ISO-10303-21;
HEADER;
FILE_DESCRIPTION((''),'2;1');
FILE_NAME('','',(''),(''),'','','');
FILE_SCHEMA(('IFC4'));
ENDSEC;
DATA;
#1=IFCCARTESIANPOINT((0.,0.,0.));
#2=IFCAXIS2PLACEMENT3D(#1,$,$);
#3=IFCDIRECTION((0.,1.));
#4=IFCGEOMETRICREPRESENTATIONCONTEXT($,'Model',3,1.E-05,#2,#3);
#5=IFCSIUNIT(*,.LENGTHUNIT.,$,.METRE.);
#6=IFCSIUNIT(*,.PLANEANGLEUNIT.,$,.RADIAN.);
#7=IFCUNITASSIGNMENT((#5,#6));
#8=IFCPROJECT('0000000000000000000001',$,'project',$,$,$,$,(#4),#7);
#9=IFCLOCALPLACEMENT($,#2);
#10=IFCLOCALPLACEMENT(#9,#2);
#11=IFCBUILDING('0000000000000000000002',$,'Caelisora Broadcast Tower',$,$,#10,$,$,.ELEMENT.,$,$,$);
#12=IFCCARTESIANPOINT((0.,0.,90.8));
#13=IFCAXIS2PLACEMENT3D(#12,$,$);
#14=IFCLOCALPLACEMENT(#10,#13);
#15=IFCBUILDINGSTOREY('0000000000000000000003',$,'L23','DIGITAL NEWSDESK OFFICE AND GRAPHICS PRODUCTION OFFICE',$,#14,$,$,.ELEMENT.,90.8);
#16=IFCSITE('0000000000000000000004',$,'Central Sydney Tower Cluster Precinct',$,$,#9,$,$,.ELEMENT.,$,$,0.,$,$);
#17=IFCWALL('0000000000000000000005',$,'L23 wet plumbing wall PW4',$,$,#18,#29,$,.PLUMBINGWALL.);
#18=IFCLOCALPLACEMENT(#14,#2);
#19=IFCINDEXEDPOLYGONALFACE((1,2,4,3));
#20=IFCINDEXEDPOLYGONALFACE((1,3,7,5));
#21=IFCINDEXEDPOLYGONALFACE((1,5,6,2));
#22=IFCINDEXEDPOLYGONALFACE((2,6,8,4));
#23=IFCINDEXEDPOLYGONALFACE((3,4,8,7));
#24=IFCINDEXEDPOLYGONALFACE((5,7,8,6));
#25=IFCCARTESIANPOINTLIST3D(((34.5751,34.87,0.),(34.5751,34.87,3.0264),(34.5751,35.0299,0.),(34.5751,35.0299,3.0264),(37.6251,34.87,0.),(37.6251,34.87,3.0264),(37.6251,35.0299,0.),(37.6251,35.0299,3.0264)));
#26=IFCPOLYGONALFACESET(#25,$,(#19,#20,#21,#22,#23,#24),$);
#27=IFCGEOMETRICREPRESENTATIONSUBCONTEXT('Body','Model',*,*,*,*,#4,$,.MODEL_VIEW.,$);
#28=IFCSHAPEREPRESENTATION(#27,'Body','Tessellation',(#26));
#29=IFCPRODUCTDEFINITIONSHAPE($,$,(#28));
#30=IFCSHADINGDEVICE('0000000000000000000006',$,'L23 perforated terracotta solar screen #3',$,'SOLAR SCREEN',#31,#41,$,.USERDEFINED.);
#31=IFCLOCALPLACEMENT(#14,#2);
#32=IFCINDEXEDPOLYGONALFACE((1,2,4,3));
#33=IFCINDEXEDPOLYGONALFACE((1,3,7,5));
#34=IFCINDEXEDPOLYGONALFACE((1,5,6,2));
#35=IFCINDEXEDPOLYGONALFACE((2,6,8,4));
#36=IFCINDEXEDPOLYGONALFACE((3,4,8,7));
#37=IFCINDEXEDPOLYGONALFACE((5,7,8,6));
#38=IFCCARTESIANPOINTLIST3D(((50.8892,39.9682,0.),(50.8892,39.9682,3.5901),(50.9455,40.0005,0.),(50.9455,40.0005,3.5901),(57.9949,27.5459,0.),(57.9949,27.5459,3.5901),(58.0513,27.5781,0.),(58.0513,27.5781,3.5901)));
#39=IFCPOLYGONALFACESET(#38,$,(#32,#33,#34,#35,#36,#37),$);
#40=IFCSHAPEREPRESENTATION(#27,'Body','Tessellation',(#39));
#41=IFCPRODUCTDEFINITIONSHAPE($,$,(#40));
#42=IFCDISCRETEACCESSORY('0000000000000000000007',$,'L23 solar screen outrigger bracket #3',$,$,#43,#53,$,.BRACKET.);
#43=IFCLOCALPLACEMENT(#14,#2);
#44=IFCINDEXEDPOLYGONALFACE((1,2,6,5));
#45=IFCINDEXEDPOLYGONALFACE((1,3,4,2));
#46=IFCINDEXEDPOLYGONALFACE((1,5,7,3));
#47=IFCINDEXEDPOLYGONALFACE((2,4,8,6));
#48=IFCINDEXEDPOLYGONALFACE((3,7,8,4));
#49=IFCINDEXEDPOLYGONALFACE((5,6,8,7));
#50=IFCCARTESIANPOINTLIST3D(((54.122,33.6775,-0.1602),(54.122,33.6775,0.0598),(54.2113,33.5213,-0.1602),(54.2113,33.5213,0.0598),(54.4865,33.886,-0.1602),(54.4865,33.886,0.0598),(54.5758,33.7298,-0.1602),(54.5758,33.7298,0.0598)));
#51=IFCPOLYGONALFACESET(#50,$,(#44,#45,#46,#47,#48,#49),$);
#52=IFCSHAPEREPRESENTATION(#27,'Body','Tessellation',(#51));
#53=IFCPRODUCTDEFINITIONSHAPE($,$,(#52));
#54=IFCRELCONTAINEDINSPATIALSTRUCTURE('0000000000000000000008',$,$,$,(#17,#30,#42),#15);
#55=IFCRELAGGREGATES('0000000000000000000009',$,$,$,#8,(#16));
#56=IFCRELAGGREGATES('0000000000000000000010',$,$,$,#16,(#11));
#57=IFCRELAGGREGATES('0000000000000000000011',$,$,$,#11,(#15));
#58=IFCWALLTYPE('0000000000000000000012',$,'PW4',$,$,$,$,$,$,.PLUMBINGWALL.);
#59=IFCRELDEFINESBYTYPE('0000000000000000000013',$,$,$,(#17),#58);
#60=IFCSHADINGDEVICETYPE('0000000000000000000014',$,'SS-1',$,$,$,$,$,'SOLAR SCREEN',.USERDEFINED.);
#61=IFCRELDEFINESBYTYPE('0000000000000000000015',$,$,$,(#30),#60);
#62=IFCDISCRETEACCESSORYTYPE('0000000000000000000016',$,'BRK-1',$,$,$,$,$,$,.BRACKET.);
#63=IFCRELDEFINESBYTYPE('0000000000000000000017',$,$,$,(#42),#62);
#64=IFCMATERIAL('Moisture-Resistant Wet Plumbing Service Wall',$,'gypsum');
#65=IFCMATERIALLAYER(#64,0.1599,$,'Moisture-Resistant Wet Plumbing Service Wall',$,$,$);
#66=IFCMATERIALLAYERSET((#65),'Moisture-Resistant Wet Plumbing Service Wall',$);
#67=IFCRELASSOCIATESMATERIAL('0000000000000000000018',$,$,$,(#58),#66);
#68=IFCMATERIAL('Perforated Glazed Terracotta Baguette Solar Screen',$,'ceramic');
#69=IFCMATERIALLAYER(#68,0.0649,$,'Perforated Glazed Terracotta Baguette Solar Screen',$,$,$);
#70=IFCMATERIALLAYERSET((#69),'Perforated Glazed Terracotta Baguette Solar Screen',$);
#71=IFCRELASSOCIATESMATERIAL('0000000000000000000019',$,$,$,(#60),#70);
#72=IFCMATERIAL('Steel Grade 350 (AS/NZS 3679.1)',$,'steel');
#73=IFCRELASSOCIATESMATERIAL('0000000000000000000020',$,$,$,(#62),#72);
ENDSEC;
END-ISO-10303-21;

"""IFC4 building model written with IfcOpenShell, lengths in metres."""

from ifc_helpers import new_model, si_unit, direction, frame, frame_2d, origin, origin_2d, place, context, subcontext, project, spatial, rectangle, extrude, source, transform, mapped, material, layer, layer_set, type_object, type_shapes, element, save


model = new_model("IFC4")

# Units and contexts
model_context = context("Model", 3, precision=1e-05, world=origin(), true_north=direction((0.0, 1.0)))
body_context = subcontext(model_context, "Body", "Model", "MODEL_VIEW")
ifc_project = project(units=[si_unit("LENGTHUNIT", "METRE"), si_unit("PLANEANGLEUNIT", "RADIAN")], contexts=[model_context])

# Site, building, storey
site_placement = place(None, origin())
site = spatial("IfcSite", under=ifc_project, at=site_placement, Name="Central Sydney Tower Cluster Precinct", CompositionType="ELEMENT", RefElevation=0.0)
building_placement = place(site_placement, origin())
building = spatial("IfcBuilding", under=site, at=building_placement, Name="Caelisora Broadcast Tower", CompositionType="ELEMENT")
storey_placement = place(building_placement, frame((0.0, 0.0, 90.8)))
storey = spatial("IfcBuildingStorey", under=building, at=storey_placement, Name="L23", Description="DIGITAL NEWSDESK OFFICE AND GRAPHICS PRODUCTION OFFICE", CompositionType="ELEMENT", Elevation=90.8)

# Shared definitions
ifc_material_1 = material(Name="Steel Grade 350 (AS/NZS 3679.1)", Category="steel")

# Wall
ifc_material_2 = material(Name="Moisture-Resistant Wet Plumbing Service Wall", Category="gypsum")
ifc_layer_1 = layer(ifc_material_2, 0.1599, Name="Moisture-Resistant Wet Plumbing Service Wall")
ifc_layer_set_1 = layer_set([ifc_layer_1], Name="Moisture-Resistant Wet Plumbing Service Wall")
wall_type_1 = type_object("IfcWallType", Name="PW4", PredefinedType="PLUMBINGWALL", material=ifc_layer_set_1)
wall_1_placement = place(storey_placement, frame((37.625, 34.95, 0.0), z_axis=(0.0, 0.0, 1.0), x_axis=(-1.0, 0.0, 0.0)))
element("IfcWall", 1, at=wall_1_placement, inside=storey, type_object=wall_type_1, Name="L23 wet plumbing wall PW4", PredefinedType="PLUMBINGWALL", context=body_context, shape_type="SweptSolid", body=[
    extrude(rectangle(XDim=3.05, YDim=0.1599, at=frame_2d((1.5249, 0.0))), origin(), (0.0, 0.0, 1.0), 3.0264),
])

# Shading device
ifc_material_3 = material(Name="Perforated Glazed Terracotta Baguette Solar Screen", Category="ceramic")
ifc_layer_2 = layer(ifc_material_3, 0.0649, Name="Perforated Glazed Terracotta Baguette Solar Screen")
ifc_layer_set_2 = layer_set([ifc_layer_2], Name="Perforated Glazed Terracotta Baguette Solar Screen")
shading_device_type = type_object("IfcShadingDeviceType", Name="SS-1", ElementType="SOLAR SCREEN", PredefinedType="USERDEFINED", material=ifc_layer_set_2)
shared_shape_1 = source(origin(), body_context, "Body", "SweptSolid", [
    extrude(rectangle(XDim=14.311, YDim=0.0649, at=origin_2d()), origin(), (0.0, 0.0, 1.0), 3.5901),
])
type_shapes(shading_device_type, [shared_shape_1])
shading_device_placement = place(storey_placement, frame((54.4702, 33.7732, 0.0), z_axis=(0.0, 0.0, 1.0), x_axis=(-0.49652, 0.868026, 0.0)))
element("IfcShadingDevice", 2, at=shading_device_placement, inside=storey, type_object=shading_device_type, Name="L23 perforated terracotta solar screen #3", ObjectType="SOLAR SCREEN", PredefinedType="USERDEFINED", context=body_context, shape_type="MappedRepresentation", body=[
    mapped(shared_shape_1, transform((0.0, 0.0, 0.0), scale=1.0)),
])

# Discrete accessory
discrete_accessory_type = type_object("IfcDiscreteAccessoryType", Name="BRK-1", PredefinedType="BRACKET", material=ifc_material_1)
shared_shape_2 = source(origin(), body_context, "Body", "SweptSolid", [
    extrude(rectangle(XDim=0.1799, YDim=0.4199, at=origin_2d()), origin(), (0.0, 0.0, 1.0), 0.22),
])
type_shapes(discrete_accessory_type, [shared_shape_2])
discrete_accessory_placement = place(storey_placement, frame((54.3489, 33.7036, -0.1602), z_axis=(0.0, 0.0, 1.0), x_axis=(-0.49652, 0.868026, 0.0)))
element("IfcDiscreteAccessory", 3, at=discrete_accessory_placement, inside=storey, type_object=discrete_accessory_type, Name="L23 solar screen outrigger bracket #3", PredefinedType="BRACKET", context=body_context, shape_type="MappedRepresentation", body=[
    mapped(shared_shape_2, transform((0.0, 0.0, 0.0), scale=1.0)),
])

save(model, "model.ifc")
